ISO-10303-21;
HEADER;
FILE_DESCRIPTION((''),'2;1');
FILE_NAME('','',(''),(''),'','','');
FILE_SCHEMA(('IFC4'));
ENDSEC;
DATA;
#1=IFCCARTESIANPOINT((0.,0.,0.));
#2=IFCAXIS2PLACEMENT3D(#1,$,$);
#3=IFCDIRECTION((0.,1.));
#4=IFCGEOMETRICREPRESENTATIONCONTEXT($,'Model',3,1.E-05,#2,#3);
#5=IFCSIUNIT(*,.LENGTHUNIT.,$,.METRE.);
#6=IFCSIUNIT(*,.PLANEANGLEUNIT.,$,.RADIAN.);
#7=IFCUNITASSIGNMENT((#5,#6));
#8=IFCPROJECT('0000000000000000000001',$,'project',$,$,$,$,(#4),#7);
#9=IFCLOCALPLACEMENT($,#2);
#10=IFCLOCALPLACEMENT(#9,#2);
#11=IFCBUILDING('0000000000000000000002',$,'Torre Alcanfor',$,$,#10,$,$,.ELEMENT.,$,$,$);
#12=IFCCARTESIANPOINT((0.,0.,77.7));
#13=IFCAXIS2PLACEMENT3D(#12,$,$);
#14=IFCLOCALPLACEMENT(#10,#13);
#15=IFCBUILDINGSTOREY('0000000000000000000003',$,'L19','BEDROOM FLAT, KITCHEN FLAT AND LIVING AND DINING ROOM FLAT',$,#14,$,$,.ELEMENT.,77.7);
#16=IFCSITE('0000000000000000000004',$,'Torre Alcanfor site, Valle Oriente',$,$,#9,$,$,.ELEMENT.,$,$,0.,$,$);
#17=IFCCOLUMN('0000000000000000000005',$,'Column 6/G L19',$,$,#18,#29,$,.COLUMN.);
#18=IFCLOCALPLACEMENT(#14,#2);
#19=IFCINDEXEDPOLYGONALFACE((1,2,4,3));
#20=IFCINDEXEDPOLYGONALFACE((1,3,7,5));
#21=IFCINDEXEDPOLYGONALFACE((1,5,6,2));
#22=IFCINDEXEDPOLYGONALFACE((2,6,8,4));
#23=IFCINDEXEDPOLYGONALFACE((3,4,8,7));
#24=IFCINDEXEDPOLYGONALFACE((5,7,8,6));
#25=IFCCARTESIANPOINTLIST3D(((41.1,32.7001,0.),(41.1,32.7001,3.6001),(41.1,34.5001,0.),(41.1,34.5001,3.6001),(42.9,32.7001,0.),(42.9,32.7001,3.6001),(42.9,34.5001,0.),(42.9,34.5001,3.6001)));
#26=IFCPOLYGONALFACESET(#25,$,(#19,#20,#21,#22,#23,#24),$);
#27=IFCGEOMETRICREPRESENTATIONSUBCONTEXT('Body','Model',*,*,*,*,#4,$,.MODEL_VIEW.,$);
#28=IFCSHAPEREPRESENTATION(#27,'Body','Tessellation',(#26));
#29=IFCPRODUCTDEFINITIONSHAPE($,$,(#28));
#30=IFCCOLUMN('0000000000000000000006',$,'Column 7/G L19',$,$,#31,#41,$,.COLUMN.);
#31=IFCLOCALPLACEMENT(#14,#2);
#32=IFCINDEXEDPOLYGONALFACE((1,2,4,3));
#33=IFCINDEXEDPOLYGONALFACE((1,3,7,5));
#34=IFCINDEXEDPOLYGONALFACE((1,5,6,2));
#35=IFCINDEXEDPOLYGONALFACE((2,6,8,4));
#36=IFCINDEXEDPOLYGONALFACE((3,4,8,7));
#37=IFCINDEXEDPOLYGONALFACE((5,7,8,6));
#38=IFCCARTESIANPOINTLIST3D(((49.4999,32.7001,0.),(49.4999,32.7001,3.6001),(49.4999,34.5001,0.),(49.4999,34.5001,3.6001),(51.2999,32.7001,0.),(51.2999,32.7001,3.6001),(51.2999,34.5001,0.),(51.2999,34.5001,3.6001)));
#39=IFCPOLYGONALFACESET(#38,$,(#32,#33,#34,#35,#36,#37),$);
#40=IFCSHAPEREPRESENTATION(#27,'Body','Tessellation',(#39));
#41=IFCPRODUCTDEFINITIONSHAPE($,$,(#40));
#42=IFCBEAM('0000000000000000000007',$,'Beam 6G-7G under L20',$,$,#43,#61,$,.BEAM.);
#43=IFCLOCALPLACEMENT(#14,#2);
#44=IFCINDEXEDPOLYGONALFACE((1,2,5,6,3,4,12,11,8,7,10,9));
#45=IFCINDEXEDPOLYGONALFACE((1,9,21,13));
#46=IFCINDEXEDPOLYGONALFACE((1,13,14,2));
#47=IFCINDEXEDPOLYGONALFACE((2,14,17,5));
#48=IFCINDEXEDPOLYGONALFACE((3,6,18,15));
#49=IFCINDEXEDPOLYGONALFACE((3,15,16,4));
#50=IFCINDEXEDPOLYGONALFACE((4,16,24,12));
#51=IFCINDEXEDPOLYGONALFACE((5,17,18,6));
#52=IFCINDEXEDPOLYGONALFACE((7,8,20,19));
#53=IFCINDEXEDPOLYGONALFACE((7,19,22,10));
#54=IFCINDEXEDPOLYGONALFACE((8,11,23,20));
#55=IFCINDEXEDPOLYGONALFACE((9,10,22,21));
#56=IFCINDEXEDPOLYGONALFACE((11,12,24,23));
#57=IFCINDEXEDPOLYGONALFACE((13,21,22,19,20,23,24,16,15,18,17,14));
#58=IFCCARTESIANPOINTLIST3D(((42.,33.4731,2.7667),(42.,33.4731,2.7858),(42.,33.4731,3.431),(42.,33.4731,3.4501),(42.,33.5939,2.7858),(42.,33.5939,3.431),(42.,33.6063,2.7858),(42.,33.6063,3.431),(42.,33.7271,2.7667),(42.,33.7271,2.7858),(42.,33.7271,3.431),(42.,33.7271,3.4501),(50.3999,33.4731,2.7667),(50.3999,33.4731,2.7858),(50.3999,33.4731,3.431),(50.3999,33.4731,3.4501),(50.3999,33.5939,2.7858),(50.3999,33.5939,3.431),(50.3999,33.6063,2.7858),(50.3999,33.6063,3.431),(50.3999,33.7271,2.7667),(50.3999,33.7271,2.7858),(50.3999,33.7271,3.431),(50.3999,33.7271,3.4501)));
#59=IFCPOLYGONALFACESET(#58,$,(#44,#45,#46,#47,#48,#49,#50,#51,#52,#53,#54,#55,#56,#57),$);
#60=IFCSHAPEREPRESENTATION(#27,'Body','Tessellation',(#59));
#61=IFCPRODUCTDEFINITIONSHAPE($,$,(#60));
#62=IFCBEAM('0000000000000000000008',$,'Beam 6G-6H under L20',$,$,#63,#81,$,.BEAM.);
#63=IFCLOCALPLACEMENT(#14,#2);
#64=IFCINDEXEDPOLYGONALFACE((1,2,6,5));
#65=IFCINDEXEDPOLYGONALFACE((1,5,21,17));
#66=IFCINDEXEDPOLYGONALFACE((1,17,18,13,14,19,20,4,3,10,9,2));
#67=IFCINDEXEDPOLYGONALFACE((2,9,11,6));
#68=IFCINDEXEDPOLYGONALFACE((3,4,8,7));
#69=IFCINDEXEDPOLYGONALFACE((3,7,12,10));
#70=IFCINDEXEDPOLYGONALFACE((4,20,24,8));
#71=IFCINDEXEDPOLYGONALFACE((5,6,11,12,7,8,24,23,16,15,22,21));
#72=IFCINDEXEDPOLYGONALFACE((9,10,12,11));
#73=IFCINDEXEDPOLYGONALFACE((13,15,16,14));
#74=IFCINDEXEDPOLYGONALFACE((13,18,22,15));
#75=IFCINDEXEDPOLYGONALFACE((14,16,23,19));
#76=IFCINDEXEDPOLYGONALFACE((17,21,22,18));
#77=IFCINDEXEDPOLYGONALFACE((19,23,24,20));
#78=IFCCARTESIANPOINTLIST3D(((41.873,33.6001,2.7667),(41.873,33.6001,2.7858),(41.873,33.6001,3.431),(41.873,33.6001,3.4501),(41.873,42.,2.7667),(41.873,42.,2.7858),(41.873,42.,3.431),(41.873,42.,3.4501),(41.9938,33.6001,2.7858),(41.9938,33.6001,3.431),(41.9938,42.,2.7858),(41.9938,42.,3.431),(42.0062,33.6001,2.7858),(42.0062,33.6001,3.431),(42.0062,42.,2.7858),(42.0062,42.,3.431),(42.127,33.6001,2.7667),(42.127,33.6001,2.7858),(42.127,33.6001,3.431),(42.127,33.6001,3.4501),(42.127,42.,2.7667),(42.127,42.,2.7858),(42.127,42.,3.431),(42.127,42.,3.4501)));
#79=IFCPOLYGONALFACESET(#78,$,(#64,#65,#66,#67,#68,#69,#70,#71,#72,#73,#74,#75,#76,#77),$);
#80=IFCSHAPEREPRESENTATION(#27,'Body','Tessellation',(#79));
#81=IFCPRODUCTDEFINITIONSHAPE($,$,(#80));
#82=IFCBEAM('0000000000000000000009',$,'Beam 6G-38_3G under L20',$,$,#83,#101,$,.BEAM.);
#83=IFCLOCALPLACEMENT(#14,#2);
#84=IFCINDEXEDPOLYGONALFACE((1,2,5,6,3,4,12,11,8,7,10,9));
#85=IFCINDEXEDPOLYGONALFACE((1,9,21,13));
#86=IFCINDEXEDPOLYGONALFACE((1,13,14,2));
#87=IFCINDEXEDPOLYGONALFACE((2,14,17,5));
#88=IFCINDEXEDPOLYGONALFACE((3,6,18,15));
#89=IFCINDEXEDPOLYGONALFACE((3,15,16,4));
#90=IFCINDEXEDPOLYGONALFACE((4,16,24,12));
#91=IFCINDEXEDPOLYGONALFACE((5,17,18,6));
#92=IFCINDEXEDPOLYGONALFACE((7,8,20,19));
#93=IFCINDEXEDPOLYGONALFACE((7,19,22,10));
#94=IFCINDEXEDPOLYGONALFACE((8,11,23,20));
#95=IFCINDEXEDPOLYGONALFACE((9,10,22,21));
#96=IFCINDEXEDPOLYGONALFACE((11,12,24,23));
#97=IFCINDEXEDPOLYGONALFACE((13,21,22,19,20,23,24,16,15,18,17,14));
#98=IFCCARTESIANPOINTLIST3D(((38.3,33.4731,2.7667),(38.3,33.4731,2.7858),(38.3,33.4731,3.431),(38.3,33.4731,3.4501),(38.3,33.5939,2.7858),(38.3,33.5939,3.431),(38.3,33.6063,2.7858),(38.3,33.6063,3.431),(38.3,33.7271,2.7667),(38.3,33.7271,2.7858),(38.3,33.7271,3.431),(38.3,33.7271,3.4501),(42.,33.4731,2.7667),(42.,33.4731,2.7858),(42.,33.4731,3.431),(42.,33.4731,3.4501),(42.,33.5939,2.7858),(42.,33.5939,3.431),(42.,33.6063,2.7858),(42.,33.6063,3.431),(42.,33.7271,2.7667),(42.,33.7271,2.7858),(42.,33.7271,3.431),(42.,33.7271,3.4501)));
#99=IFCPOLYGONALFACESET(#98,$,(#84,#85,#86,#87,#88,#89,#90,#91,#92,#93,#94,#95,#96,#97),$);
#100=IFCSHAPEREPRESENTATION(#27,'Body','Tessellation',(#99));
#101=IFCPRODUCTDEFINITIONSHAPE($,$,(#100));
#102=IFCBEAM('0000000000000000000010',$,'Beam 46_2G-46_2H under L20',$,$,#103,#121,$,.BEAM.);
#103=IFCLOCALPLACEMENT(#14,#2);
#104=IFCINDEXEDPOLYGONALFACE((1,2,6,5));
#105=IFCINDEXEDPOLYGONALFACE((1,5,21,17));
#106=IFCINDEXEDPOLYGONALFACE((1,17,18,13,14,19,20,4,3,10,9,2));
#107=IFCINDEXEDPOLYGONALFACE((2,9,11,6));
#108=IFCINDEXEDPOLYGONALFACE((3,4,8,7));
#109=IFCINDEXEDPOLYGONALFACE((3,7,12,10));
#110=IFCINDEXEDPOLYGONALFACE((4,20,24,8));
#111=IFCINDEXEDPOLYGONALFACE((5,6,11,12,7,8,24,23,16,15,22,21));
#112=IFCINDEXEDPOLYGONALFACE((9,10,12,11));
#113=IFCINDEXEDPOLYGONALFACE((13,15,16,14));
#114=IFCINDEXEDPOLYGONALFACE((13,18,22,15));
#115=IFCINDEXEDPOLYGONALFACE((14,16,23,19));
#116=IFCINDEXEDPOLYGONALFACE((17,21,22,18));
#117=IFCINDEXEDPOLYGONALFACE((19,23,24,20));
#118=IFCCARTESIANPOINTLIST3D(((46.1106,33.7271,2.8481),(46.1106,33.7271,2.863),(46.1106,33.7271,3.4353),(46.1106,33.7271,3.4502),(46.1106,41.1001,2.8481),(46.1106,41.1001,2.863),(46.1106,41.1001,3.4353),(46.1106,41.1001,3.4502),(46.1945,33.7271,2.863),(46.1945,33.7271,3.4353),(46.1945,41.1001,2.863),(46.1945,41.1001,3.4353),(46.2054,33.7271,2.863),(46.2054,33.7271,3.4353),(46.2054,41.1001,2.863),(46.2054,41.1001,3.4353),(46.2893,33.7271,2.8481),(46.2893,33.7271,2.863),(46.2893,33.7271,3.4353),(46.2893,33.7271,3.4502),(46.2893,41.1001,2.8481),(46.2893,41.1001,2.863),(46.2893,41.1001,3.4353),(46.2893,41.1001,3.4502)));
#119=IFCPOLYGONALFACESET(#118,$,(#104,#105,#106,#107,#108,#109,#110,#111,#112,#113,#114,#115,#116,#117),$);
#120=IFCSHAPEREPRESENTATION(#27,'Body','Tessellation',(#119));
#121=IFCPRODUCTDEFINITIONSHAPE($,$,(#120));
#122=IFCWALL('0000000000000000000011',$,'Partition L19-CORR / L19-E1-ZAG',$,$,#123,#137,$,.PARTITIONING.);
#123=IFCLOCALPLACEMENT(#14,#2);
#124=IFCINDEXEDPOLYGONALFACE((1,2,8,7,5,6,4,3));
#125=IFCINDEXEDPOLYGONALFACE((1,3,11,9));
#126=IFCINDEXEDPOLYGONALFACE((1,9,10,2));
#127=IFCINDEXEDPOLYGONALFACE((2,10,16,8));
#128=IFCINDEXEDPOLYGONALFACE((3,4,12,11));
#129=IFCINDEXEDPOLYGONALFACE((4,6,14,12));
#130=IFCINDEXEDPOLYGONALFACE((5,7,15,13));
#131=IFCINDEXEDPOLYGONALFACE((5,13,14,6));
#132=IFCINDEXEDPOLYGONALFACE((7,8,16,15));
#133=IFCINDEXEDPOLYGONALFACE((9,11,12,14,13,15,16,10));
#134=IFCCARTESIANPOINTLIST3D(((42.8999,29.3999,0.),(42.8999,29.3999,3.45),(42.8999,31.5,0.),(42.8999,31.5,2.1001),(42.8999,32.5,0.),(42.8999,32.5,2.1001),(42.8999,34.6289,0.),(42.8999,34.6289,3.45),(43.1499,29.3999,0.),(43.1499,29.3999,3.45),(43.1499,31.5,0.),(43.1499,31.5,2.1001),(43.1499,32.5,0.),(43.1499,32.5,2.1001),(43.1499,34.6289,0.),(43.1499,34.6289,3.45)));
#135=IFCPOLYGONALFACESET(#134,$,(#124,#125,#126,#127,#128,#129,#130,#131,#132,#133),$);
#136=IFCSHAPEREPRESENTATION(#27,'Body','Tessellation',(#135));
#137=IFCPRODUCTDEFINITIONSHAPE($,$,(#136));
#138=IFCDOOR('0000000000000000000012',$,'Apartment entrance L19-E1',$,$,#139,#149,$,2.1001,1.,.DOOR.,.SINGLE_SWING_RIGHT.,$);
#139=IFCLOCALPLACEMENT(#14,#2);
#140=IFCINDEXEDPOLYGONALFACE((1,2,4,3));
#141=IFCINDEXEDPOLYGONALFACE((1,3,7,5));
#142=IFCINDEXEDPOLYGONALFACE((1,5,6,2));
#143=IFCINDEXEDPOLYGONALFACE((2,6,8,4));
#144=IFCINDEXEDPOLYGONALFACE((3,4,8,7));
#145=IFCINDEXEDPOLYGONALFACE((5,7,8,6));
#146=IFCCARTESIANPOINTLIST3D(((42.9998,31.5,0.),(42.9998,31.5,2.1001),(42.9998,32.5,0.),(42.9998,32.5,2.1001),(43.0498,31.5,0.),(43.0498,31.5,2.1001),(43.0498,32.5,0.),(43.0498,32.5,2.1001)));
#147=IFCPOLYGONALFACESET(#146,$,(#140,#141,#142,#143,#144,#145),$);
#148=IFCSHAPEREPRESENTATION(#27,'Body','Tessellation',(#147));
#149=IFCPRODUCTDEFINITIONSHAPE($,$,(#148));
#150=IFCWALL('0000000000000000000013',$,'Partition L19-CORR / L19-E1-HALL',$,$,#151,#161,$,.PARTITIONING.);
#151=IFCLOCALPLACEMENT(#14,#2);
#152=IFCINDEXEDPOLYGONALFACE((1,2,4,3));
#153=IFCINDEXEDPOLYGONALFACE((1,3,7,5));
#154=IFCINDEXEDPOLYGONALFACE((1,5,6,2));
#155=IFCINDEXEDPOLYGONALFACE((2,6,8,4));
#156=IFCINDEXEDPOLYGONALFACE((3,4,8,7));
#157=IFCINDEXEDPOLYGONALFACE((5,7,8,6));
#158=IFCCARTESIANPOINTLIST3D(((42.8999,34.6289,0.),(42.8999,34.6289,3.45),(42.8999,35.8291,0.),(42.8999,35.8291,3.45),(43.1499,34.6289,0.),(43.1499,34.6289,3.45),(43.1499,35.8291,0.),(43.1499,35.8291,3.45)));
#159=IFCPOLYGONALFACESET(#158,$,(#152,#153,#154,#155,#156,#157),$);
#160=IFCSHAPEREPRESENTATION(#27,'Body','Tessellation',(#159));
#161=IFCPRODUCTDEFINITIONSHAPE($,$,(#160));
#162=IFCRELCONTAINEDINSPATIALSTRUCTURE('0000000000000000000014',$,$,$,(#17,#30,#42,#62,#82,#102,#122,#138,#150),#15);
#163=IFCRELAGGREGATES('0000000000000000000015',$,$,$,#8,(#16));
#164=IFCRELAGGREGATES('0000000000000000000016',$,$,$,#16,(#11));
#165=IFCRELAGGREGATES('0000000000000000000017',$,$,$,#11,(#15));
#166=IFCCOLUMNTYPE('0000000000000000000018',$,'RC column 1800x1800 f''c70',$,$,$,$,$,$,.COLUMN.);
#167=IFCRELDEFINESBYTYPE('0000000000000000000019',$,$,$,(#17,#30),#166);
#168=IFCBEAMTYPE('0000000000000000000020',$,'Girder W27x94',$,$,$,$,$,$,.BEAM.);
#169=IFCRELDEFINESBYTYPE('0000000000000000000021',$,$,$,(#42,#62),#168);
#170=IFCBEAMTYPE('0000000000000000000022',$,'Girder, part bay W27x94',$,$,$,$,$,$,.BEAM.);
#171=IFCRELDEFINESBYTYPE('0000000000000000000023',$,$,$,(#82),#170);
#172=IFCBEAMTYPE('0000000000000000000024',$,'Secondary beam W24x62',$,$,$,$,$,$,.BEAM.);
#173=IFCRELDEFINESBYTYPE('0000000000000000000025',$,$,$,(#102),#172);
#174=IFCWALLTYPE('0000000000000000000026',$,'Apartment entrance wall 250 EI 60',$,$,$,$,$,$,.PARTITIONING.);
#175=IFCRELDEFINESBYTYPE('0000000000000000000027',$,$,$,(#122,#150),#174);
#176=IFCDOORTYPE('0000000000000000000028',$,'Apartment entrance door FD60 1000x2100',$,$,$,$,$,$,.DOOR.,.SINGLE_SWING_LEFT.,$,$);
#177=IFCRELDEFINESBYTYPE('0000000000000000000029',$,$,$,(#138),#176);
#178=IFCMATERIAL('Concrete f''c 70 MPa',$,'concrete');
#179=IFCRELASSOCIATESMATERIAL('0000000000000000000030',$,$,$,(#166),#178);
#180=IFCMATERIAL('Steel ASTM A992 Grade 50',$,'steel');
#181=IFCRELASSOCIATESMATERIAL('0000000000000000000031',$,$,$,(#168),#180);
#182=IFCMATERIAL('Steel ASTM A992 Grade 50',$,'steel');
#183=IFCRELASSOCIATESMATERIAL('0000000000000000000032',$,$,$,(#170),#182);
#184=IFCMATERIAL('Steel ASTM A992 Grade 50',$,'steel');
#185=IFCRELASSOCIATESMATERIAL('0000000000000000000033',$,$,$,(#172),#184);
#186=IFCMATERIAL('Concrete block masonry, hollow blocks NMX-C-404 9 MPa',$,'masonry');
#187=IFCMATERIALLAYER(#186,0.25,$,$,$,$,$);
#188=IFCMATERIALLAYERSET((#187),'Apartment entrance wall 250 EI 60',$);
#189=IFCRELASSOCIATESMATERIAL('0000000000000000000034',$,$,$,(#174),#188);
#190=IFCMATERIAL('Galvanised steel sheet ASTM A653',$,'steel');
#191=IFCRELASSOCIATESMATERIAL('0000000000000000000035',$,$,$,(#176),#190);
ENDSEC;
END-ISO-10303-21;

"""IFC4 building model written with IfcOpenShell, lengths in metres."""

from ifc_helpers import new_model, si_unit, direction, frame, frame_2d, origin, origin_2d, place, context, subcontext, project, spatial, rectangle, i_section, extrude, material, layer, layer_set, material_profile, profile_set, type_object, element, fill, save


model = new_model("IFC4")

# Units and contexts
model_context = context("Model", 3, precision=1e-05, world=origin(), true_north=direction((0.0, 1.0)))
body_context = subcontext(model_context, "Body", "Model", "MODEL_VIEW")
ifc_project = project(units=[si_unit("LENGTHUNIT", "METRE"), si_unit("PLANEANGLEUNIT", "RADIAN")], contexts=[model_context])

# Site, building, storey
site_placement = place(None, origin())
site = spatial("IfcSite", under=ifc_project, at=site_placement, Name="Torre Alcanfor site, Valle Oriente", CompositionType="ELEMENT", RefElevation=0.0)
building_placement = place(site_placement, origin())
building = spatial("IfcBuilding", under=site, at=building_placement, Name="Torre Alcanfor", CompositionType="ELEMENT")
storey_placement = place(building_placement, frame((0.0, 0.0, 77.7)))
storey = spatial("IfcBuildingStorey", under=building, at=storey_placement, Name="L19", Description="BEDROOM FLAT, KITCHEN FLAT AND LIVING AND DINING ROOM FLAT", CompositionType="ELEMENT", Elevation=77.7)

# Columns
ifc_material_1 = material(Name="Concrete f'c 70 MPa", Category="concrete")
ifc_material_profile_1 = material_profile(ifc_material_1, rectangle(XDim=1.8, YDim=1.8, at=origin_2d()), Name="1800x1800")
ifc_profile_set_1 = profile_set([ifc_material_profile_1], Name="Concrete f'c 70 MPa")
column_type = type_object("IfcColumnType", Name="RC column 1800x1800 f'c70", PredefinedType="COLUMN", material=ifc_profile_set_1)
for number, where, z_axis, x_axis, name in (
    (1, (42.0, 33.6001, 0.0), (0.0, 0.0, 1.0), (1.0, 0.0, 0.0), "Column 6/G L19"),
    (2, (50.3999, 33.6001, 0.0), (0.0, 0.0, 1.0), (1.0, 0.0, 0.0), "Column 7/G L19"),
):
    element("IfcColumn", number, at=place(storey_placement, frame(where, z_axis=z_axis, x_axis=x_axis)), inside=storey, type_object=column_type, Name=name, PredefinedType="COLUMN", context=body_context, shape_type="SweptSolid", body=[
        extrude(rectangle(XDim=1.8, YDim=1.8, at=origin_2d()), origin(), (0.0, 0.0, 1.0), 3.6001),
    ])

# Beams
ifc_material_2 = material(Name="Steel ASTM A992 Grade 50", Category="steel")
ifc_material_profile_2 = material_profile(ifc_material_2, i_section(OverallWidth=0.2539, OverallDepth=0.6833, WebThickness=0.0125, FlangeThickness=0.019, at=origin_2d()), Name="W27x94")
ifc_profile_set_2 = profile_set([ifc_material_profile_2], Name="Steel ASTM A992 Grade 50")
beam_type_1 = type_object("IfcBeamType", Name="Girder W27x94", PredefinedType="BEAM", material=ifc_profile_set_2)
for number, where, z_axis, x_axis, name in (
    (3, (42.0, 33.6001, 3.1084), (1.0, 0.0, 0.0), (0.0, 1.0, 0.0), "Beam 6G-7G under L20"),
    (4, (42.0, 33.6001, 3.1084), (0.0, 1.0, 0.0), (-1.0, 0.0, 0.0), "Beam 6G-6H under L20"),
):
    element("IfcBeam", number, at=place(storey_placement, frame(where, z_axis=z_axis, x_axis=x_axis)), inside=storey, type_object=beam_type_1, Name=name, PredefinedType="BEAM", context=body_context, shape_type="SweptSolid", body=[
        extrude(i_section(OverallWidth=0.2539, OverallDepth=0.6833, WebThickness=0.0125, FlangeThickness=0.019, at=origin_2d()), origin(), (0.0, 0.0, 1.0), 8.3999),
    ])
ifc_material_3 = material(Name="Steel ASTM A992 Grade 50", Category="steel")
ifc_material_profile_3 = material_profile(ifc_material_3, i_section(OverallWidth=0.2539, OverallDepth=0.6833, WebThickness=0.0125, FlangeThickness=0.019, at=origin_2d()), Name="W27x94")
ifc_profile_set_3 = profile_set([ifc_material_profile_3], Name="Steel ASTM A992 Grade 50")
beam_type_2 = type_object("IfcBeamType", Name="Girder, part bay W27x94", PredefinedType="BEAM", material=ifc_profile_set_3)
beam_1_placement = place(storey_placement, frame((42.0, 33.6001, 3.1084), z_axis=(-1.0, 0.0, 0.0), x_axis=(0.0, -1.0, 0.0)))
element("IfcBeam", 5, at=beam_1_placement, inside=storey, type_object=beam_type_2, Name="Beam 6G-38_3G under L20", PredefinedType="BEAM", context=body_context, shape_type="SweptSolid", body=[
    extrude(i_section(OverallWidth=0.2539, OverallDepth=0.6833, WebThickness=0.0125, FlangeThickness=0.019, at=origin_2d()), origin(), (0.0, 0.0, 1.0), 3.7),
])
ifc_material_4 = material(Name="Steel ASTM A992 Grade 50", Category="steel")
ifc_material_profile_4 = material_profile(ifc_material_4, i_section(OverallWidth=0.1787, OverallDepth=0.6021, WebThickness=0.011, FlangeThickness=0.0149, at=origin_2d()), Name="W24x62")
ifc_profile_set_4 = profile_set([ifc_material_profile_4], Name="Steel ASTM A992 Grade 50")
beam_type_3 = type_object("IfcBeamType", Name="Secondary beam W24x62", PredefinedType="BEAM", material=ifc_profile_set_4)
beam_2_placement = place(storey_placement, frame((46.2, 33.7271, 3.1492), z_axis=(0.0, 1.0, 0.0), x_axis=(-1.0, 0.0, 0.0)))
element("IfcBeam", 6, at=beam_2_placement, inside=storey, type_object=beam_type_3, Name="Beam 46_2G-46_2H under L20", PredefinedType="BEAM", context=body_context, shape_type="SweptSolid", body=[
    extrude(i_section(OverallWidth=0.1787, OverallDepth=0.6021, WebThickness=0.011, FlangeThickness=0.0149, at=origin_2d()), origin(), (0.0, 0.0, 1.0), 7.373),
])

# Wall, opening, door
ifc_material_5 = material(Name="Concrete block masonry, hollow blocks NMX-C-404 9 MPa", Category="masonry")
ifc_layer_1 = layer(ifc_material_5, 0.25)
ifc_layer_set_1 = layer_set([ifc_layer_1], Name="Apartment entrance wall 250 EI 60")
wall_type_1 = type_object("IfcWallType", Name="Apartment entrance wall 250 EI 60", PredefinedType="PARTITIONING", material=ifc_layer_set_1)
wall_1_placement = place(storey_placement, frame((43.0249, 34.6289, 0.0), z_axis=(0.0, 0.0, 1.0), x_axis=(0.0, -1.0, 0.0)))
wall_1 = element("IfcWall", 7, at=wall_1_placement, inside=storey, type_object=wall_type_1, Name="Partition L19-CORR / L19-E1-ZAG", PredefinedType="PARTITIONING", context=body_context, shape_type="SweptSolid", body=[
    extrude(rectangle(XDim=5.229, YDim=0.25, at=frame_2d((2.6145, 0.0))), origin(), (0.0, 0.0, 1.0), 3.45),
])
opening_1_placement = place(wall_1_placement, frame((2.1289, 0.0, 0.0)))
opening_1 = element("IfcOpeningElement", 8, at=opening_1_placement, cuts=wall_1, PredefinedType="OPENING", context=body_context, shape_type="SweptSolid", body=[
    extrude(rectangle(XDim=1.0, YDim=2.1001, at=frame_2d((0.5, 1.05))), frame((0.0, 0.135, 0.0), z_axis=(0.0, -1.0, 0.0), x_axis=(1.0, 0.0, 0.0)), (0.0, 0.0, 1.0), 0.27),
])
ifc_material_6 = material(Name="Galvanised steel sheet ASTM A653", Category="steel")
door_type_1 = type_object("IfcDoorType", Name="Apartment entrance door FD60 1000x2100", OperationType="SINGLE_SWING_LEFT", PredefinedType="DOOR", material=ifc_material_6)
door_1_placement = place(opening_1_placement, origin())
door_1 = element("IfcDoor", 9, at=door_1_placement, inside=storey, type_object=door_type_1, Name="Apartment entrance L19-E1", OperationType="SINGLE_SWING_RIGHT", OverallHeight=2.1001, OverallWidth=1.0, PredefinedType="DOOR", context=body_context, shape_type="SweptSolid", body=[
    extrude(rectangle(XDim=1.0, YDim=2.1001, at=frame_2d((0.5, 1.05))), frame((0.0, 0.0249, 0.0), z_axis=(0.0, -1.0, 0.0), x_axis=(1.0, 0.0, 0.0)), (0.0, 0.0, 1.0), 0.05),
])
fill(opening_1, door_1)

# Wall
wall_2_placement = place(storey_placement, frame((43.0249, 35.8291, 0.0), z_axis=(0.0, 0.0, 1.0), x_axis=(0.0, -1.0, 0.0)))
element("IfcWall", 10, at=wall_2_placement, inside=storey, type_object=wall_type_1, Name="Partition L19-CORR / L19-E1-HALL", PredefinedType="PARTITIONING", context=body_context, shape_type="SweptSolid", body=[
    extrude(rectangle(XDim=1.2002, YDim=0.25, at=frame_2d((0.6001, 0.0))), origin(), (0.0, 0.0, 1.0), 3.45),
])

save(model, "model.ifc")
